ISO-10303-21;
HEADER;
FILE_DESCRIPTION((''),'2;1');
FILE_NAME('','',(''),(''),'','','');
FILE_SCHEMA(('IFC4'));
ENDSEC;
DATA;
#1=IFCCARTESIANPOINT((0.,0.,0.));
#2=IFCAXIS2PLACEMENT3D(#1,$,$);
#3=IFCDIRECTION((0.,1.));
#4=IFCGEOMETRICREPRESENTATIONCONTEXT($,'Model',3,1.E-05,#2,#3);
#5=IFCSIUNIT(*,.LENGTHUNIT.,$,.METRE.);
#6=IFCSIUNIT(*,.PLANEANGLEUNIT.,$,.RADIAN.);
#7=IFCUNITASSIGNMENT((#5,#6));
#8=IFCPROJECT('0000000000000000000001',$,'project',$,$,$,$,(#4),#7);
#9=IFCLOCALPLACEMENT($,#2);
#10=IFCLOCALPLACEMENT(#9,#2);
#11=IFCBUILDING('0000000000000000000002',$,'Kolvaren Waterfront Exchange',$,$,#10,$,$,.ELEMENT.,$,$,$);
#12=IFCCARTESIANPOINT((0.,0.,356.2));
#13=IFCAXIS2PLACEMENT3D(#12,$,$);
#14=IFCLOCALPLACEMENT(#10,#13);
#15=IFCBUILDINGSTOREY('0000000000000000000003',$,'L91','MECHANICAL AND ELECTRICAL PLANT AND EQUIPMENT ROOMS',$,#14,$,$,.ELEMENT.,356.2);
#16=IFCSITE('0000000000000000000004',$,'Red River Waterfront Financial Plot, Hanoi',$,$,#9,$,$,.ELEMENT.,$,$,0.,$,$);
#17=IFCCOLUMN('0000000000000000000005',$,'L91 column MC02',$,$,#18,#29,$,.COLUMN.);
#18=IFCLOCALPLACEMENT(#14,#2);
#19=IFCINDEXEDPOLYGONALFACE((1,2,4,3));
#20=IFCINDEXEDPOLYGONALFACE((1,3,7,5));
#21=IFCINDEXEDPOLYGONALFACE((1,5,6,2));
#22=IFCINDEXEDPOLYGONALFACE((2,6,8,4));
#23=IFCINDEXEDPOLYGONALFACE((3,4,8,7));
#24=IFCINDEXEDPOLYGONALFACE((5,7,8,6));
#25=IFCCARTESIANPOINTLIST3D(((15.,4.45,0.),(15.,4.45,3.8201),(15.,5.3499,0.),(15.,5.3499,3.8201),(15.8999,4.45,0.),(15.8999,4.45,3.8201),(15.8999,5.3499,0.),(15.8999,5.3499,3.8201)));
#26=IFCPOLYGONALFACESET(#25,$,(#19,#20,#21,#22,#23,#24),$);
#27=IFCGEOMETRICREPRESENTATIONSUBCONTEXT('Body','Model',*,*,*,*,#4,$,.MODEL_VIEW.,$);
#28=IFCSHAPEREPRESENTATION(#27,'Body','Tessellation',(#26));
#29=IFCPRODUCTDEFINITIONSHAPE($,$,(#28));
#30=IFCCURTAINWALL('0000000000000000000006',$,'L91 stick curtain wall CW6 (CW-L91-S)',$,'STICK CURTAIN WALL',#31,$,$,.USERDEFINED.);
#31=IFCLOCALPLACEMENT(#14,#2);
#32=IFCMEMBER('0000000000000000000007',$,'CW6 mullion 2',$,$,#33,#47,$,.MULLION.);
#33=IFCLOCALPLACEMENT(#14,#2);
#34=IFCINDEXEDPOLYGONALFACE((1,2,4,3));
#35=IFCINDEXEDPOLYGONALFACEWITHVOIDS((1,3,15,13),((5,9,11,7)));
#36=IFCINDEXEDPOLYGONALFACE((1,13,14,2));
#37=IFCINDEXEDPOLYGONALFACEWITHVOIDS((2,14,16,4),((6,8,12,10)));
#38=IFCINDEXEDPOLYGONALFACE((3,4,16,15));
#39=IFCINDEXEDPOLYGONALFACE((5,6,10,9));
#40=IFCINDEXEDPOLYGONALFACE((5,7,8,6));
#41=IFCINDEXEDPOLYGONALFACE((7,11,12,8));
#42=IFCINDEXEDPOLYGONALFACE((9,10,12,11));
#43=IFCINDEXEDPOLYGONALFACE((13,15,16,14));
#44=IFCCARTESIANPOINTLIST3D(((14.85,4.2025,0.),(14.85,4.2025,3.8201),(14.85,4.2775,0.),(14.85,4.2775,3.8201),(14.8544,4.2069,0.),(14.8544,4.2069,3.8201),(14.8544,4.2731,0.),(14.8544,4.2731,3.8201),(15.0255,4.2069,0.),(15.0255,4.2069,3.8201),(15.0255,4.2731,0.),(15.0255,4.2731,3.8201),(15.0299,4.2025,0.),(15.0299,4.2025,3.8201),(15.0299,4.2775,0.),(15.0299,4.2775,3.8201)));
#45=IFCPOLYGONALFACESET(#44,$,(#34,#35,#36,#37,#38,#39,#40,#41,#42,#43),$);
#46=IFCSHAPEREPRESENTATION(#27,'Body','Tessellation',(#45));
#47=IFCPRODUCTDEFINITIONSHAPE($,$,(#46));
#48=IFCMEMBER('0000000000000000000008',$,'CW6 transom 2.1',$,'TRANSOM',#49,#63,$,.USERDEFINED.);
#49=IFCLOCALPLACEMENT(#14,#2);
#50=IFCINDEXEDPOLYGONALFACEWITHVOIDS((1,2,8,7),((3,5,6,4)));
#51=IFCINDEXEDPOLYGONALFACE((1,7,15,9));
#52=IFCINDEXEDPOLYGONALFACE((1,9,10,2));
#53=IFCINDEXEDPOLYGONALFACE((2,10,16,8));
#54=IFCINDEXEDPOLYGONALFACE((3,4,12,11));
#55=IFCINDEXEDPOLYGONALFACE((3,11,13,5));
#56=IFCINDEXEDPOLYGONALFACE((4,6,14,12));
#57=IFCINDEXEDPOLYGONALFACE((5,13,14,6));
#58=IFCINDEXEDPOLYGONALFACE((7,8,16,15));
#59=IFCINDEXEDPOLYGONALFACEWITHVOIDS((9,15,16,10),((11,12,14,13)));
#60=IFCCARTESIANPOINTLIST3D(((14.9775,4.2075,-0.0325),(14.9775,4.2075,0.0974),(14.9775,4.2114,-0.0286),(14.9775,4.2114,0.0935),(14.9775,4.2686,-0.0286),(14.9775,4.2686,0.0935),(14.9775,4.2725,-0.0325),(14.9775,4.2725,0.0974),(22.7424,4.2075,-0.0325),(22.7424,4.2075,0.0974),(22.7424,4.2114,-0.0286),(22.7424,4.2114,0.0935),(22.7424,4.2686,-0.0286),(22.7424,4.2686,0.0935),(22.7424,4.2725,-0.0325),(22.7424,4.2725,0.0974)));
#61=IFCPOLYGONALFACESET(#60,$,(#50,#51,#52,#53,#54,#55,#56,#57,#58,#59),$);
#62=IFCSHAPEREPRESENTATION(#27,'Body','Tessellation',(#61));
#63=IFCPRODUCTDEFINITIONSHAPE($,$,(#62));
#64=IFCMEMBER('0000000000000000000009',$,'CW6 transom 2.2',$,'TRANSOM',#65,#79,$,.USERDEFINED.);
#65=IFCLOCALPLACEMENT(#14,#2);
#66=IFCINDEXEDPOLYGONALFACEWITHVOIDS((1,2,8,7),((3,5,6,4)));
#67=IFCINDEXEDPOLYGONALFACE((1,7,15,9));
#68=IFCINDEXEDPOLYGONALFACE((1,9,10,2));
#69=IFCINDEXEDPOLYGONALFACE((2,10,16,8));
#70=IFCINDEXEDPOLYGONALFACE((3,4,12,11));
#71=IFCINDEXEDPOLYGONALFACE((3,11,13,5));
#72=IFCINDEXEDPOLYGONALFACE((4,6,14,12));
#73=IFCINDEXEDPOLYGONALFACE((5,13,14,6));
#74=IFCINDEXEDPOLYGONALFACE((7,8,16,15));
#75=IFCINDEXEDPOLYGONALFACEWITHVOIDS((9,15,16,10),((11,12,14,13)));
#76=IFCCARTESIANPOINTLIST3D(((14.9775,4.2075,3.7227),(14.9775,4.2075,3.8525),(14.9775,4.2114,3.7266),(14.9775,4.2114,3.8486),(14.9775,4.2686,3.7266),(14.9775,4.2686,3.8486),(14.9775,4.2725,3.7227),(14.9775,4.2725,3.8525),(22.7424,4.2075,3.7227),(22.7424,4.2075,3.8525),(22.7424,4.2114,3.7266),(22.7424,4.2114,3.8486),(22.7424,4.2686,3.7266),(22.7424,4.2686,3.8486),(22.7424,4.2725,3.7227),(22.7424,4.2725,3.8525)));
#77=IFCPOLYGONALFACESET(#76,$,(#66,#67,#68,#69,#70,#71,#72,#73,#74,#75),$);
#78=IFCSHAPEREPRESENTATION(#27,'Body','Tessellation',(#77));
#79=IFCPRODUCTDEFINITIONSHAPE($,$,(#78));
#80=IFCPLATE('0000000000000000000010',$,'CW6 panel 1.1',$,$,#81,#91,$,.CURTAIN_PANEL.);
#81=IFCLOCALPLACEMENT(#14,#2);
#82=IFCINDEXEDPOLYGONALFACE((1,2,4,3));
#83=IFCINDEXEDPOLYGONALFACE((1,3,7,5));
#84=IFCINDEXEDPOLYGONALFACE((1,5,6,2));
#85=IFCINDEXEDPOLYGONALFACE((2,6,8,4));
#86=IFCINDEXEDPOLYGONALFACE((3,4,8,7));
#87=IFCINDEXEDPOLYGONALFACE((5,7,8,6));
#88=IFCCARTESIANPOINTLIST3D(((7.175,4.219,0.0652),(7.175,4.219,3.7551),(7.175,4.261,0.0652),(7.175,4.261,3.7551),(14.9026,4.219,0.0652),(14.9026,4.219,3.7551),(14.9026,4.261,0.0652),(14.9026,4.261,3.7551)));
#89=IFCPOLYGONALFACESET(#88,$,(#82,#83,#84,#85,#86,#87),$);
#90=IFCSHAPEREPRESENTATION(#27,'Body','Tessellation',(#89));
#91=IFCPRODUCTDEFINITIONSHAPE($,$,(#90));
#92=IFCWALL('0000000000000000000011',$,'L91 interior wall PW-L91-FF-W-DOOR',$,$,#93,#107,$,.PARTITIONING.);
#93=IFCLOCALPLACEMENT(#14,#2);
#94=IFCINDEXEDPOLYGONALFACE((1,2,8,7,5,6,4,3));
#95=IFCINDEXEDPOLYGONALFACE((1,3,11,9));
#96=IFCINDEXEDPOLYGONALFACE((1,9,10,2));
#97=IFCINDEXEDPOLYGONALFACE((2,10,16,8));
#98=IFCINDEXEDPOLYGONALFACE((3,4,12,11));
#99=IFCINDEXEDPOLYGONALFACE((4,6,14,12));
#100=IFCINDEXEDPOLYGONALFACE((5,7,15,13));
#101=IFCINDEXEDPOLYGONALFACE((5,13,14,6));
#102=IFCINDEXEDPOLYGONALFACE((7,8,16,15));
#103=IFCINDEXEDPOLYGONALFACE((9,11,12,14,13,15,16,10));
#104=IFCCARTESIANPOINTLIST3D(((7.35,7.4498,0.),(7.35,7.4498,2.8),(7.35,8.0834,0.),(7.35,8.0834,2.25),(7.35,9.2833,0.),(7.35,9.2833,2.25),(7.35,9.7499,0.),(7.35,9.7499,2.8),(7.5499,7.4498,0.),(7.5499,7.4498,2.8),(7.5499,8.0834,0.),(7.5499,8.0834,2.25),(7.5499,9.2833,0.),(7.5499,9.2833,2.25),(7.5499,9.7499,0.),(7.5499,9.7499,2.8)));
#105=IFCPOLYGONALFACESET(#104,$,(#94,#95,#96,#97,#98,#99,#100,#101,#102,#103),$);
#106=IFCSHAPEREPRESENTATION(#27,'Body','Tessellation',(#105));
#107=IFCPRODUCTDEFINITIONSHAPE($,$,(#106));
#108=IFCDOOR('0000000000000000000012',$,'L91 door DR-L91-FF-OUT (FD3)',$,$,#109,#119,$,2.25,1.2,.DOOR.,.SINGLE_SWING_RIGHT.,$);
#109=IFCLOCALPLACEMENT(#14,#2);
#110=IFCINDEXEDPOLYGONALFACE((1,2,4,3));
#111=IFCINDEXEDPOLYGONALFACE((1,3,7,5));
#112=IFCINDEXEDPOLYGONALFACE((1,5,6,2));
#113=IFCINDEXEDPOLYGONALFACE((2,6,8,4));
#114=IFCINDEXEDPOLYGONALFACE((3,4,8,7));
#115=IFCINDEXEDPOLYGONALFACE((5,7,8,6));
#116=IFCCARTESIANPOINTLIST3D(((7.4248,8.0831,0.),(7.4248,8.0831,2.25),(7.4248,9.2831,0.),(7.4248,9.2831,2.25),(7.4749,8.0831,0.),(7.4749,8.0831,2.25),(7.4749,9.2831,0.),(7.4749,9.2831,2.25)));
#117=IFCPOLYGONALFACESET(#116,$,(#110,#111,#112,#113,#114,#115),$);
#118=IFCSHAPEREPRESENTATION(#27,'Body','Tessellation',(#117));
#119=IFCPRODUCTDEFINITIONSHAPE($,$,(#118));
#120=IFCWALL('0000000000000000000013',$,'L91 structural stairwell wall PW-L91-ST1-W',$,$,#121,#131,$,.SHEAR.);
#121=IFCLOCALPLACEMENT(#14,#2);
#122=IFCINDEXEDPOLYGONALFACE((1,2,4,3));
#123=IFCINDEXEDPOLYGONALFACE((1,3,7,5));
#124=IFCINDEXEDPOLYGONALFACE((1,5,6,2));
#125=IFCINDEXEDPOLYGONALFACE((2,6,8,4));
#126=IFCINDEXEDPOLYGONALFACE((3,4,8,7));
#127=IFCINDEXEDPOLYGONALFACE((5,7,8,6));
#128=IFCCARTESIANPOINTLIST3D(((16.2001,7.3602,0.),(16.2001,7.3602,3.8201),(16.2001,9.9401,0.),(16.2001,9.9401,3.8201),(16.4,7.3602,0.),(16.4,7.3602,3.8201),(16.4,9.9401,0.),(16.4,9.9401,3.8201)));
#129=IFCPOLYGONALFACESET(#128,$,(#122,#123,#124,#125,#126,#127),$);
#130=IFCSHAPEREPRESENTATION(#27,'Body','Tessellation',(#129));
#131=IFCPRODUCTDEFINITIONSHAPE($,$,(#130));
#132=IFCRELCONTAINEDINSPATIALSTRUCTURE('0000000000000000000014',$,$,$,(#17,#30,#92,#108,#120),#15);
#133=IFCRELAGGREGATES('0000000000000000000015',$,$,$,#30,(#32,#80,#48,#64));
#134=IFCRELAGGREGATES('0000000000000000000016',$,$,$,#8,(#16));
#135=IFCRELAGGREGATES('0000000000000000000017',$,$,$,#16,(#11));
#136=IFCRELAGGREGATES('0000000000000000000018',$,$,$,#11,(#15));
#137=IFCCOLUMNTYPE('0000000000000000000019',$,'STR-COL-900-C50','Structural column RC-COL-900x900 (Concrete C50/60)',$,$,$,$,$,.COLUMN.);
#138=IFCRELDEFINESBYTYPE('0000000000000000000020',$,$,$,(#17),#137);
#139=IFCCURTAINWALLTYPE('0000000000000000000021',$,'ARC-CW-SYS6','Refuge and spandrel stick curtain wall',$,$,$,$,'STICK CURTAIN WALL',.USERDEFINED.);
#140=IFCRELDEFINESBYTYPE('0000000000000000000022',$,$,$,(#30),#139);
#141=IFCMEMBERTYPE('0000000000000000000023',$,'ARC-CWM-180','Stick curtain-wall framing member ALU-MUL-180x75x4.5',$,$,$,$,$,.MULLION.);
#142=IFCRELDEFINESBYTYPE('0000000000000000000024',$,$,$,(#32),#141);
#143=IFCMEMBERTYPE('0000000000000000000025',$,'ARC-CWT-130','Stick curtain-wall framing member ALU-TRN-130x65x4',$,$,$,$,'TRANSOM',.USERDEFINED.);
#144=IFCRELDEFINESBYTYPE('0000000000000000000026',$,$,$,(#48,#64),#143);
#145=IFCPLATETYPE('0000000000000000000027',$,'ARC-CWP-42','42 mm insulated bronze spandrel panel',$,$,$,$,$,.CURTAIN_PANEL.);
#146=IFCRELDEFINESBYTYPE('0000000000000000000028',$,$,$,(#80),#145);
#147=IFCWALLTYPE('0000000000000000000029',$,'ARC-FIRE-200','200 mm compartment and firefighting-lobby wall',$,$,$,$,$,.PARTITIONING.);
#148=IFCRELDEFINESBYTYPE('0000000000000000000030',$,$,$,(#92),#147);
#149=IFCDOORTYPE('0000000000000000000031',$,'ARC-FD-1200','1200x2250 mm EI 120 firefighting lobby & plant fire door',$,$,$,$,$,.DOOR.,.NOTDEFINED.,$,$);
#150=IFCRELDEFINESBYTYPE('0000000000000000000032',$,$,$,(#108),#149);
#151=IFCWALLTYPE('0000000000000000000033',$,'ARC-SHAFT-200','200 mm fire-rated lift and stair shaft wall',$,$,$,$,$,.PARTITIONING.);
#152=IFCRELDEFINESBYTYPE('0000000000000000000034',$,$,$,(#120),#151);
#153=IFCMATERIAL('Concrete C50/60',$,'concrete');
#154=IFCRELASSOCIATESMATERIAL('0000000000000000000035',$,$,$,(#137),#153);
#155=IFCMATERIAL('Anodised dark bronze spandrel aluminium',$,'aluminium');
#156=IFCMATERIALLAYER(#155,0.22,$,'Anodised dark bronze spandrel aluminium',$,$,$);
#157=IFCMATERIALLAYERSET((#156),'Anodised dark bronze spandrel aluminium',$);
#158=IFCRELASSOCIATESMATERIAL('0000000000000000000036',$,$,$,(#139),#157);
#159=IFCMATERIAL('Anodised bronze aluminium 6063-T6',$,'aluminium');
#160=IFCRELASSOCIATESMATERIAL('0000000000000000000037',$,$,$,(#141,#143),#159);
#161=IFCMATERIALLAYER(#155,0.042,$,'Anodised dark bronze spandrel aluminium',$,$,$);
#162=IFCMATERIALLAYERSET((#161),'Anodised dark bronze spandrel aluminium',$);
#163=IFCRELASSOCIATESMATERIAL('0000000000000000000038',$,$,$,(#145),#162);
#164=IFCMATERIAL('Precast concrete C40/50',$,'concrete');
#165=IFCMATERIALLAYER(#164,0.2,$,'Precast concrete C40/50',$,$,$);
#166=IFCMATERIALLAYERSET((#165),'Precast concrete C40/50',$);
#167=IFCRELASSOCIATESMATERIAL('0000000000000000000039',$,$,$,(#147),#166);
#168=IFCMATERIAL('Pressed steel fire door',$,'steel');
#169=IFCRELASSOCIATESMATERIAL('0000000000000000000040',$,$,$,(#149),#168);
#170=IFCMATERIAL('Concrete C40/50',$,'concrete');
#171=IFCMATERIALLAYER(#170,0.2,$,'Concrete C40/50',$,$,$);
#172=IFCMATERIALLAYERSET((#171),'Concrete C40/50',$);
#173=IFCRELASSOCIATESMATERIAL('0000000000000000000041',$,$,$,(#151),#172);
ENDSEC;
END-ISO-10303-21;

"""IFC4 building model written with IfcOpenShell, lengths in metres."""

from ifc_helpers import new_model, si_unit, direction, frame, frame_2d, origin, origin_with_axes, origin_2d, place, context, subcontext, project, spatial, rectangle, hollow_rectangle, extrude, source, transform, mapped, material, layer, layer_set, material_profile, profile_set, type_object, element, fill, aggregate, save


model = new_model("IFC4")

# Units and contexts
model_context = context("Model", 3, precision=1e-05, world=origin(), true_north=direction((0.0, 1.0)))
body_context = subcontext(model_context, "Body", "Model", "MODEL_VIEW")
ifc_project = project(units=[si_unit("LENGTHUNIT", "METRE"), si_unit("PLANEANGLEUNIT", "RADIAN")], contexts=[model_context])

# Site, building, storey
site_placement = place(None, origin())
site = spatial("IfcSite", under=ifc_project, at=site_placement, Name="Red River Waterfront Financial Plot, Hanoi", CompositionType="ELEMENT", RefElevation=0.0)
building_placement = place(site_placement, origin())
building = spatial("IfcBuilding", under=site, at=building_placement, Name="Kolvaren Waterfront Exchange", CompositionType="ELEMENT")
storey_placement = place(building_placement, frame((0.0, 0.0, 356.2)))
storey = spatial("IfcBuildingStorey", under=building, at=storey_placement, Name="L91", Description="MECHANICAL AND ELECTRICAL PLANT AND EQUIPMENT ROOMS", CompositionType="ELEMENT", Elevation=356.2)

# Column
ifc_material_1 = material(Name="Concrete C50/60", Category="concrete")
ifc_material_profile_1 = material_profile(ifc_material_1, rectangle(XDim=0.8999, YDim=0.8999, at=origin_2d()), Name="RC-COL-900x900")
ifc_profile_set_1 = profile_set([ifc_material_profile_1], Name="Concrete C50/60")
column_type = type_object("IfcColumnType", Name="STR-COL-900-C50", Description="Structural column RC-COL-900x900 (Concrete C50/60)", PredefinedType="COLUMN", material=ifc_profile_set_1)
column_placement = place(storey_placement, frame((15.45, 4.8999, 0.0), z_axis=(0.0, 0.0, 1.0), x_axis=(1.0, 0.0, 0.0)))
element("IfcColumn", 1, at=column_placement, inside=storey, type_object=column_type, Name="L91 column MC02", PredefinedType="COLUMN", context=body_context, shape_type="SweptSolid", body=[
    extrude(rectangle(XDim=0.8999, YDim=0.8999, at=origin_2d()), origin(), (0.0, 0.0, 1.0), 3.8201),
])

# Curtain wall, members, plate
ifc_material_2 = material(Name="Anodised dark bronze spandrel aluminium", Category="aluminium")
ifc_layer_1 = layer(ifc_material_2, 0.22, Name="Anodised dark bronze spandrel aluminium")
ifc_layer_set_1 = layer_set([ifc_layer_1], Name="Anodised dark bronze spandrel aluminium")
curtain_wall_type = type_object("IfcCurtainWallType", Name="ARC-CW-SYS6", Description="Refuge and spandrel stick curtain wall", ElementType="STICK CURTAIN WALL", PredefinedType="USERDEFINED", material=ifc_layer_set_1)
curtain_wall_placement = place(storey_placement, origin())
curtain_wall = element("IfcCurtainWall", 2, at=curtain_wall_placement, inside=storey, type_object=curtain_wall_type, Name="L91 stick curtain wall CW6 (CW-L91-S)", ObjectType="STICK CURTAIN WALL", PredefinedType="USERDEFINED")
ifc_material_3 = material(Name="Anodised bronze aluminium 6063-T6", Category="aluminium")
ifc_material_profile_2 = material_profile(ifc_material_3, hollow_rectangle(XDim=0.075, YDim=0.1799, WallThickness=0.0044, at=origin_2d()), Name="ALU-MUL-180x75x4.5")
ifc_profile_set_2 = profile_set([ifc_material_profile_2], Name="Anodised bronze aluminium 6063-T6")
member_type_1 = type_object("IfcMemberType", Name="ARC-CWM-180", Description="Stick curtain-wall framing member ALU-MUL-180x75x4.5", PredefinedType="MULLION", material=ifc_profile_set_2)
shared_shape_1 = source(origin_with_axes(), body_context, "Body", "SweptSolid", [
    extrude(hollow_rectangle(XDim=0.075, YDim=0.1799, WallThickness=0.0044, at=origin_2d()), origin(), (0.0, 0.0, 1.0), 3.8201),
])
member_1_placement = place(storey_placement, frame((14.9399, 4.24, 0.0), z_axis=(0.0, 0.0, 1.0), x_axis=(0.0, 1.0, 0.0)))
member_1 = element("IfcMember", 3, at=member_1_placement, type_object=member_type_1, Name="CW6 mullion 2", PredefinedType="MULLION", context=body_context, shape_type="MappedRepresentation", body=[
    mapped(shared_shape_1, transform((0.0, 0.0, 0.0), x_axis=(1.0, 0.0, 0.0), y_axis=(0.0, 1.0, 0.0), z_axis=(0.0, 0.0, 1.0), scale=1.0)),
])
ifc_material_profile_3 = material_profile(ifc_material_3, hollow_rectangle(XDim=0.0649, YDim=0.1299, WallThickness=0.0039, at=origin_2d()), Name="ALU-TRN-130x65x4")
ifc_profile_set_3 = profile_set([ifc_material_profile_3], Name="Anodised bronze aluminium 6063-T6")
member_type_2 = type_object("IfcMemberType", Name="ARC-CWT-130", Description="Stick curtain-wall framing member ALU-TRN-130x65x4", ElementType="TRANSOM", PredefinedType="USERDEFINED", material=ifc_profile_set_3)
shared_shape_2 = source(origin_with_axes(), body_context, "Body", "SweptSolid", [
    extrude(hollow_rectangle(XDim=0.0649, YDim=0.1299, WallThickness=0.0039, at=origin_2d()), origin(), (0.0, 0.0, 1.0), 7.7649),
])
member_2_placement = place(storey_placement, frame((14.9775, 4.24, 0.0325), z_axis=(1.0, 0.0, 0.0), x_axis=(0.0, 1.0, 0.0)))
member_2 = element("IfcMember", 4, at=member_2_placement, type_object=member_type_2, Name="CW6 transom 2.1", ObjectType="TRANSOM", PredefinedType="USERDEFINED", context=body_context, shape_type="MappedRepresentation", body=[
    mapped(shared_shape_2, transform((0.0, 0.0, 0.0), x_axis=(1.0, 0.0, 0.0), y_axis=(0.0, 1.0, 0.0), z_axis=(0.0, 0.0, 1.0), scale=1.0)),
])
member_3_placement = place(storey_placement, frame((14.9775, 4.24, 3.7876), z_axis=(1.0, 0.0, 0.0), x_axis=(0.0, 1.0, 0.0)))
member_3 = element("IfcMember", 5, at=member_3_placement, type_object=member_type_2, Name="CW6 transom 2.2", ObjectType="TRANSOM", PredefinedType="USERDEFINED", context=body_context, shape_type="MappedRepresentation", body=[
    mapped(shared_shape_2, transform((0.0, 0.0, 0.0), x_axis=(1.0, 0.0, 0.0), y_axis=(0.0, 1.0, 0.0), z_axis=(0.0, 0.0, 1.0), scale=1.0)),
])
ifc_layer_2 = layer(ifc_material_2, 0.042, Name="Anodised dark bronze spandrel aluminium")
ifc_layer_set_2 = layer_set([ifc_layer_2], Name="Anodised dark bronze spandrel aluminium")
plate_type = type_object("IfcPlateType", Name="ARC-CWP-42", Description="42 mm insulated bronze spandrel panel", PredefinedType="CURTAIN_PANEL", material=ifc_layer_set_2)
shared_shape_3 = source(origin_with_axes(), body_context, "Body", "SweptSolid", [
    extrude(rectangle(XDim=7.7275, YDim=0.042, at=origin_2d()), origin(), (0.0, 0.0, 1.0), 3.6899),
])
plate_placement = place(storey_placement, frame((11.0388, 4.24, 0.0652), z_axis=(0.0, 0.0, 1.0), x_axis=(1.0, 0.0, 0.0)))
plate = element("IfcPlate", 6, at=plate_placement, type_object=plate_type, Name="CW6 panel 1.1", PredefinedType="CURTAIN_PANEL", context=body_context, shape_type="MappedRepresentation", body=[
    mapped(shared_shape_3, transform((0.0, 0.0, 0.0), x_axis=(1.0, 0.0, 0.0), y_axis=(0.0, 1.0, 0.0), z_axis=(0.0, 0.0, 1.0), scale=1.0)),
])
aggregate(curtain_wall, [member_1, plate, member_2, member_3])

# Wall, opening, door
ifc_material_4 = material(Name="Precast concrete C40/50", Category="concrete")
ifc_layer_3 = layer(ifc_material_4, 0.2, Name="Precast concrete C40/50")
ifc_layer_set_3 = layer_set([ifc_layer_3], Name="Precast concrete C40/50")
wall_type_1 = type_object("IfcWallType", Name="ARC-FIRE-200", Description="200 mm compartment and firefighting-lobby wall", PredefinedType="PARTITIONING", material=ifc_layer_set_3)
wall_1_placement = place(storey_placement, frame((7.45, 7.45, 0.0), z_axis=(0.0, 0.0, 1.0), x_axis=(0.0, 1.0, 0.0)))
wall_1 = element("IfcWall", 7, at=wall_1_placement, inside=storey, type_object=wall_type_1, Name="L91 interior wall PW-L91-FF-W-DOOR", PredefinedType="PARTITIONING", context=body_context, shape_type="SweptSolid", body=[
    extrude(rectangle(XDim=2.3, YDim=0.2, at=frame_2d((1.1499, 0.0))), origin(), (0.0, 0.0, 1.0), 2.8),
])
opening_1_placement = place(wall_1_placement, frame((0.6333, 0.0, 0.0)))
opening_1 = element("IfcOpeningElement", 8, at=opening_1_placement, cuts=wall_1, PredefinedType="OPENING", context=body_context, shape_type="SweptSolid", body=[
    extrude(rectangle(XDim=1.2, YDim=2.25, at=frame_2d((0.6001, 1.125))), frame((0.0, 0.1099, 0.0), z_axis=(0.0, -1.0, 0.0), x_axis=(1.0, 0.0, 0.0)), (0.0, 0.0, 1.0), 0.22),
])
ifc_material_5 = material(Name="Pressed steel fire door", Category="steel")
door_type_1 = type_object("IfcDoorType", Name="ARC-FD-1200", Description="1200x2250 mm EI 120 firefighting lobby & plant fire door", OperationType="NOTDEFINED", PredefinedType="DOOR", material=ifc_material_5)
door_1_placement = place(opening_1_placement, frame((1.2, 0.0, 0.0), z_axis=(0.0, 0.0, 1.0), x_axis=(-1.0, 0.0, 0.0)))
door_1 = element("IfcDoor", 9, at=door_1_placement, inside=storey, type_object=door_type_1, Name="L91 door DR-L91-FF-OUT (FD3)", OperationType="SINGLE_SWING_RIGHT", OverallHeight=2.25, OverallWidth=1.2, PredefinedType="DOOR", context=body_context, shape_type="SweptSolid", body=[
    extrude(rectangle(XDim=1.2, YDim=2.25, at=frame_2d((0.6001, 1.125))), frame((0.0, 0.0249, 0.0), z_axis=(0.0, -1.0, 0.0), x_axis=(1.0, 0.0, 0.0)), (0.0, 0.0, 1.0), 0.05),
])
fill(opening_1, door_1)

# Wall
ifc_material_6 = material(Name="Concrete C40/50", Category="concrete")
ifc_layer_4 = layer(ifc_material_6, 0.2, Name="Concrete C40/50")
ifc_layer_set_4 = layer_set([ifc_layer_4], Name="Concrete C40/50")
wall_type_2 = type_object("IfcWallType", Name="ARC-SHAFT-200", Description="200 mm fire-rated lift and stair shaft wall", PredefinedType="PARTITIONING", material=ifc_layer_set_4)
wall_2_placement = place(storey_placement, frame((16.3, 7.3601, 0.0), z_axis=(0.0, 0.0, 1.0), x_axis=(0.0, 1.0, 0.0)))
element("IfcWall", 10, at=wall_2_placement, inside=storey, type_object=wall_type_2, Name="L91 structural stairwell wall PW-L91-ST1-W", PredefinedType="SHEAR", context=body_context, shape_type="SweptSolid", body=[
    extrude(rectangle(XDim=2.5798, YDim=0.2, at=frame_2d((1.29, 0.0))), origin(), (0.0, 0.0, 1.0), 3.8201),
])

save(model, "model.ifc")
